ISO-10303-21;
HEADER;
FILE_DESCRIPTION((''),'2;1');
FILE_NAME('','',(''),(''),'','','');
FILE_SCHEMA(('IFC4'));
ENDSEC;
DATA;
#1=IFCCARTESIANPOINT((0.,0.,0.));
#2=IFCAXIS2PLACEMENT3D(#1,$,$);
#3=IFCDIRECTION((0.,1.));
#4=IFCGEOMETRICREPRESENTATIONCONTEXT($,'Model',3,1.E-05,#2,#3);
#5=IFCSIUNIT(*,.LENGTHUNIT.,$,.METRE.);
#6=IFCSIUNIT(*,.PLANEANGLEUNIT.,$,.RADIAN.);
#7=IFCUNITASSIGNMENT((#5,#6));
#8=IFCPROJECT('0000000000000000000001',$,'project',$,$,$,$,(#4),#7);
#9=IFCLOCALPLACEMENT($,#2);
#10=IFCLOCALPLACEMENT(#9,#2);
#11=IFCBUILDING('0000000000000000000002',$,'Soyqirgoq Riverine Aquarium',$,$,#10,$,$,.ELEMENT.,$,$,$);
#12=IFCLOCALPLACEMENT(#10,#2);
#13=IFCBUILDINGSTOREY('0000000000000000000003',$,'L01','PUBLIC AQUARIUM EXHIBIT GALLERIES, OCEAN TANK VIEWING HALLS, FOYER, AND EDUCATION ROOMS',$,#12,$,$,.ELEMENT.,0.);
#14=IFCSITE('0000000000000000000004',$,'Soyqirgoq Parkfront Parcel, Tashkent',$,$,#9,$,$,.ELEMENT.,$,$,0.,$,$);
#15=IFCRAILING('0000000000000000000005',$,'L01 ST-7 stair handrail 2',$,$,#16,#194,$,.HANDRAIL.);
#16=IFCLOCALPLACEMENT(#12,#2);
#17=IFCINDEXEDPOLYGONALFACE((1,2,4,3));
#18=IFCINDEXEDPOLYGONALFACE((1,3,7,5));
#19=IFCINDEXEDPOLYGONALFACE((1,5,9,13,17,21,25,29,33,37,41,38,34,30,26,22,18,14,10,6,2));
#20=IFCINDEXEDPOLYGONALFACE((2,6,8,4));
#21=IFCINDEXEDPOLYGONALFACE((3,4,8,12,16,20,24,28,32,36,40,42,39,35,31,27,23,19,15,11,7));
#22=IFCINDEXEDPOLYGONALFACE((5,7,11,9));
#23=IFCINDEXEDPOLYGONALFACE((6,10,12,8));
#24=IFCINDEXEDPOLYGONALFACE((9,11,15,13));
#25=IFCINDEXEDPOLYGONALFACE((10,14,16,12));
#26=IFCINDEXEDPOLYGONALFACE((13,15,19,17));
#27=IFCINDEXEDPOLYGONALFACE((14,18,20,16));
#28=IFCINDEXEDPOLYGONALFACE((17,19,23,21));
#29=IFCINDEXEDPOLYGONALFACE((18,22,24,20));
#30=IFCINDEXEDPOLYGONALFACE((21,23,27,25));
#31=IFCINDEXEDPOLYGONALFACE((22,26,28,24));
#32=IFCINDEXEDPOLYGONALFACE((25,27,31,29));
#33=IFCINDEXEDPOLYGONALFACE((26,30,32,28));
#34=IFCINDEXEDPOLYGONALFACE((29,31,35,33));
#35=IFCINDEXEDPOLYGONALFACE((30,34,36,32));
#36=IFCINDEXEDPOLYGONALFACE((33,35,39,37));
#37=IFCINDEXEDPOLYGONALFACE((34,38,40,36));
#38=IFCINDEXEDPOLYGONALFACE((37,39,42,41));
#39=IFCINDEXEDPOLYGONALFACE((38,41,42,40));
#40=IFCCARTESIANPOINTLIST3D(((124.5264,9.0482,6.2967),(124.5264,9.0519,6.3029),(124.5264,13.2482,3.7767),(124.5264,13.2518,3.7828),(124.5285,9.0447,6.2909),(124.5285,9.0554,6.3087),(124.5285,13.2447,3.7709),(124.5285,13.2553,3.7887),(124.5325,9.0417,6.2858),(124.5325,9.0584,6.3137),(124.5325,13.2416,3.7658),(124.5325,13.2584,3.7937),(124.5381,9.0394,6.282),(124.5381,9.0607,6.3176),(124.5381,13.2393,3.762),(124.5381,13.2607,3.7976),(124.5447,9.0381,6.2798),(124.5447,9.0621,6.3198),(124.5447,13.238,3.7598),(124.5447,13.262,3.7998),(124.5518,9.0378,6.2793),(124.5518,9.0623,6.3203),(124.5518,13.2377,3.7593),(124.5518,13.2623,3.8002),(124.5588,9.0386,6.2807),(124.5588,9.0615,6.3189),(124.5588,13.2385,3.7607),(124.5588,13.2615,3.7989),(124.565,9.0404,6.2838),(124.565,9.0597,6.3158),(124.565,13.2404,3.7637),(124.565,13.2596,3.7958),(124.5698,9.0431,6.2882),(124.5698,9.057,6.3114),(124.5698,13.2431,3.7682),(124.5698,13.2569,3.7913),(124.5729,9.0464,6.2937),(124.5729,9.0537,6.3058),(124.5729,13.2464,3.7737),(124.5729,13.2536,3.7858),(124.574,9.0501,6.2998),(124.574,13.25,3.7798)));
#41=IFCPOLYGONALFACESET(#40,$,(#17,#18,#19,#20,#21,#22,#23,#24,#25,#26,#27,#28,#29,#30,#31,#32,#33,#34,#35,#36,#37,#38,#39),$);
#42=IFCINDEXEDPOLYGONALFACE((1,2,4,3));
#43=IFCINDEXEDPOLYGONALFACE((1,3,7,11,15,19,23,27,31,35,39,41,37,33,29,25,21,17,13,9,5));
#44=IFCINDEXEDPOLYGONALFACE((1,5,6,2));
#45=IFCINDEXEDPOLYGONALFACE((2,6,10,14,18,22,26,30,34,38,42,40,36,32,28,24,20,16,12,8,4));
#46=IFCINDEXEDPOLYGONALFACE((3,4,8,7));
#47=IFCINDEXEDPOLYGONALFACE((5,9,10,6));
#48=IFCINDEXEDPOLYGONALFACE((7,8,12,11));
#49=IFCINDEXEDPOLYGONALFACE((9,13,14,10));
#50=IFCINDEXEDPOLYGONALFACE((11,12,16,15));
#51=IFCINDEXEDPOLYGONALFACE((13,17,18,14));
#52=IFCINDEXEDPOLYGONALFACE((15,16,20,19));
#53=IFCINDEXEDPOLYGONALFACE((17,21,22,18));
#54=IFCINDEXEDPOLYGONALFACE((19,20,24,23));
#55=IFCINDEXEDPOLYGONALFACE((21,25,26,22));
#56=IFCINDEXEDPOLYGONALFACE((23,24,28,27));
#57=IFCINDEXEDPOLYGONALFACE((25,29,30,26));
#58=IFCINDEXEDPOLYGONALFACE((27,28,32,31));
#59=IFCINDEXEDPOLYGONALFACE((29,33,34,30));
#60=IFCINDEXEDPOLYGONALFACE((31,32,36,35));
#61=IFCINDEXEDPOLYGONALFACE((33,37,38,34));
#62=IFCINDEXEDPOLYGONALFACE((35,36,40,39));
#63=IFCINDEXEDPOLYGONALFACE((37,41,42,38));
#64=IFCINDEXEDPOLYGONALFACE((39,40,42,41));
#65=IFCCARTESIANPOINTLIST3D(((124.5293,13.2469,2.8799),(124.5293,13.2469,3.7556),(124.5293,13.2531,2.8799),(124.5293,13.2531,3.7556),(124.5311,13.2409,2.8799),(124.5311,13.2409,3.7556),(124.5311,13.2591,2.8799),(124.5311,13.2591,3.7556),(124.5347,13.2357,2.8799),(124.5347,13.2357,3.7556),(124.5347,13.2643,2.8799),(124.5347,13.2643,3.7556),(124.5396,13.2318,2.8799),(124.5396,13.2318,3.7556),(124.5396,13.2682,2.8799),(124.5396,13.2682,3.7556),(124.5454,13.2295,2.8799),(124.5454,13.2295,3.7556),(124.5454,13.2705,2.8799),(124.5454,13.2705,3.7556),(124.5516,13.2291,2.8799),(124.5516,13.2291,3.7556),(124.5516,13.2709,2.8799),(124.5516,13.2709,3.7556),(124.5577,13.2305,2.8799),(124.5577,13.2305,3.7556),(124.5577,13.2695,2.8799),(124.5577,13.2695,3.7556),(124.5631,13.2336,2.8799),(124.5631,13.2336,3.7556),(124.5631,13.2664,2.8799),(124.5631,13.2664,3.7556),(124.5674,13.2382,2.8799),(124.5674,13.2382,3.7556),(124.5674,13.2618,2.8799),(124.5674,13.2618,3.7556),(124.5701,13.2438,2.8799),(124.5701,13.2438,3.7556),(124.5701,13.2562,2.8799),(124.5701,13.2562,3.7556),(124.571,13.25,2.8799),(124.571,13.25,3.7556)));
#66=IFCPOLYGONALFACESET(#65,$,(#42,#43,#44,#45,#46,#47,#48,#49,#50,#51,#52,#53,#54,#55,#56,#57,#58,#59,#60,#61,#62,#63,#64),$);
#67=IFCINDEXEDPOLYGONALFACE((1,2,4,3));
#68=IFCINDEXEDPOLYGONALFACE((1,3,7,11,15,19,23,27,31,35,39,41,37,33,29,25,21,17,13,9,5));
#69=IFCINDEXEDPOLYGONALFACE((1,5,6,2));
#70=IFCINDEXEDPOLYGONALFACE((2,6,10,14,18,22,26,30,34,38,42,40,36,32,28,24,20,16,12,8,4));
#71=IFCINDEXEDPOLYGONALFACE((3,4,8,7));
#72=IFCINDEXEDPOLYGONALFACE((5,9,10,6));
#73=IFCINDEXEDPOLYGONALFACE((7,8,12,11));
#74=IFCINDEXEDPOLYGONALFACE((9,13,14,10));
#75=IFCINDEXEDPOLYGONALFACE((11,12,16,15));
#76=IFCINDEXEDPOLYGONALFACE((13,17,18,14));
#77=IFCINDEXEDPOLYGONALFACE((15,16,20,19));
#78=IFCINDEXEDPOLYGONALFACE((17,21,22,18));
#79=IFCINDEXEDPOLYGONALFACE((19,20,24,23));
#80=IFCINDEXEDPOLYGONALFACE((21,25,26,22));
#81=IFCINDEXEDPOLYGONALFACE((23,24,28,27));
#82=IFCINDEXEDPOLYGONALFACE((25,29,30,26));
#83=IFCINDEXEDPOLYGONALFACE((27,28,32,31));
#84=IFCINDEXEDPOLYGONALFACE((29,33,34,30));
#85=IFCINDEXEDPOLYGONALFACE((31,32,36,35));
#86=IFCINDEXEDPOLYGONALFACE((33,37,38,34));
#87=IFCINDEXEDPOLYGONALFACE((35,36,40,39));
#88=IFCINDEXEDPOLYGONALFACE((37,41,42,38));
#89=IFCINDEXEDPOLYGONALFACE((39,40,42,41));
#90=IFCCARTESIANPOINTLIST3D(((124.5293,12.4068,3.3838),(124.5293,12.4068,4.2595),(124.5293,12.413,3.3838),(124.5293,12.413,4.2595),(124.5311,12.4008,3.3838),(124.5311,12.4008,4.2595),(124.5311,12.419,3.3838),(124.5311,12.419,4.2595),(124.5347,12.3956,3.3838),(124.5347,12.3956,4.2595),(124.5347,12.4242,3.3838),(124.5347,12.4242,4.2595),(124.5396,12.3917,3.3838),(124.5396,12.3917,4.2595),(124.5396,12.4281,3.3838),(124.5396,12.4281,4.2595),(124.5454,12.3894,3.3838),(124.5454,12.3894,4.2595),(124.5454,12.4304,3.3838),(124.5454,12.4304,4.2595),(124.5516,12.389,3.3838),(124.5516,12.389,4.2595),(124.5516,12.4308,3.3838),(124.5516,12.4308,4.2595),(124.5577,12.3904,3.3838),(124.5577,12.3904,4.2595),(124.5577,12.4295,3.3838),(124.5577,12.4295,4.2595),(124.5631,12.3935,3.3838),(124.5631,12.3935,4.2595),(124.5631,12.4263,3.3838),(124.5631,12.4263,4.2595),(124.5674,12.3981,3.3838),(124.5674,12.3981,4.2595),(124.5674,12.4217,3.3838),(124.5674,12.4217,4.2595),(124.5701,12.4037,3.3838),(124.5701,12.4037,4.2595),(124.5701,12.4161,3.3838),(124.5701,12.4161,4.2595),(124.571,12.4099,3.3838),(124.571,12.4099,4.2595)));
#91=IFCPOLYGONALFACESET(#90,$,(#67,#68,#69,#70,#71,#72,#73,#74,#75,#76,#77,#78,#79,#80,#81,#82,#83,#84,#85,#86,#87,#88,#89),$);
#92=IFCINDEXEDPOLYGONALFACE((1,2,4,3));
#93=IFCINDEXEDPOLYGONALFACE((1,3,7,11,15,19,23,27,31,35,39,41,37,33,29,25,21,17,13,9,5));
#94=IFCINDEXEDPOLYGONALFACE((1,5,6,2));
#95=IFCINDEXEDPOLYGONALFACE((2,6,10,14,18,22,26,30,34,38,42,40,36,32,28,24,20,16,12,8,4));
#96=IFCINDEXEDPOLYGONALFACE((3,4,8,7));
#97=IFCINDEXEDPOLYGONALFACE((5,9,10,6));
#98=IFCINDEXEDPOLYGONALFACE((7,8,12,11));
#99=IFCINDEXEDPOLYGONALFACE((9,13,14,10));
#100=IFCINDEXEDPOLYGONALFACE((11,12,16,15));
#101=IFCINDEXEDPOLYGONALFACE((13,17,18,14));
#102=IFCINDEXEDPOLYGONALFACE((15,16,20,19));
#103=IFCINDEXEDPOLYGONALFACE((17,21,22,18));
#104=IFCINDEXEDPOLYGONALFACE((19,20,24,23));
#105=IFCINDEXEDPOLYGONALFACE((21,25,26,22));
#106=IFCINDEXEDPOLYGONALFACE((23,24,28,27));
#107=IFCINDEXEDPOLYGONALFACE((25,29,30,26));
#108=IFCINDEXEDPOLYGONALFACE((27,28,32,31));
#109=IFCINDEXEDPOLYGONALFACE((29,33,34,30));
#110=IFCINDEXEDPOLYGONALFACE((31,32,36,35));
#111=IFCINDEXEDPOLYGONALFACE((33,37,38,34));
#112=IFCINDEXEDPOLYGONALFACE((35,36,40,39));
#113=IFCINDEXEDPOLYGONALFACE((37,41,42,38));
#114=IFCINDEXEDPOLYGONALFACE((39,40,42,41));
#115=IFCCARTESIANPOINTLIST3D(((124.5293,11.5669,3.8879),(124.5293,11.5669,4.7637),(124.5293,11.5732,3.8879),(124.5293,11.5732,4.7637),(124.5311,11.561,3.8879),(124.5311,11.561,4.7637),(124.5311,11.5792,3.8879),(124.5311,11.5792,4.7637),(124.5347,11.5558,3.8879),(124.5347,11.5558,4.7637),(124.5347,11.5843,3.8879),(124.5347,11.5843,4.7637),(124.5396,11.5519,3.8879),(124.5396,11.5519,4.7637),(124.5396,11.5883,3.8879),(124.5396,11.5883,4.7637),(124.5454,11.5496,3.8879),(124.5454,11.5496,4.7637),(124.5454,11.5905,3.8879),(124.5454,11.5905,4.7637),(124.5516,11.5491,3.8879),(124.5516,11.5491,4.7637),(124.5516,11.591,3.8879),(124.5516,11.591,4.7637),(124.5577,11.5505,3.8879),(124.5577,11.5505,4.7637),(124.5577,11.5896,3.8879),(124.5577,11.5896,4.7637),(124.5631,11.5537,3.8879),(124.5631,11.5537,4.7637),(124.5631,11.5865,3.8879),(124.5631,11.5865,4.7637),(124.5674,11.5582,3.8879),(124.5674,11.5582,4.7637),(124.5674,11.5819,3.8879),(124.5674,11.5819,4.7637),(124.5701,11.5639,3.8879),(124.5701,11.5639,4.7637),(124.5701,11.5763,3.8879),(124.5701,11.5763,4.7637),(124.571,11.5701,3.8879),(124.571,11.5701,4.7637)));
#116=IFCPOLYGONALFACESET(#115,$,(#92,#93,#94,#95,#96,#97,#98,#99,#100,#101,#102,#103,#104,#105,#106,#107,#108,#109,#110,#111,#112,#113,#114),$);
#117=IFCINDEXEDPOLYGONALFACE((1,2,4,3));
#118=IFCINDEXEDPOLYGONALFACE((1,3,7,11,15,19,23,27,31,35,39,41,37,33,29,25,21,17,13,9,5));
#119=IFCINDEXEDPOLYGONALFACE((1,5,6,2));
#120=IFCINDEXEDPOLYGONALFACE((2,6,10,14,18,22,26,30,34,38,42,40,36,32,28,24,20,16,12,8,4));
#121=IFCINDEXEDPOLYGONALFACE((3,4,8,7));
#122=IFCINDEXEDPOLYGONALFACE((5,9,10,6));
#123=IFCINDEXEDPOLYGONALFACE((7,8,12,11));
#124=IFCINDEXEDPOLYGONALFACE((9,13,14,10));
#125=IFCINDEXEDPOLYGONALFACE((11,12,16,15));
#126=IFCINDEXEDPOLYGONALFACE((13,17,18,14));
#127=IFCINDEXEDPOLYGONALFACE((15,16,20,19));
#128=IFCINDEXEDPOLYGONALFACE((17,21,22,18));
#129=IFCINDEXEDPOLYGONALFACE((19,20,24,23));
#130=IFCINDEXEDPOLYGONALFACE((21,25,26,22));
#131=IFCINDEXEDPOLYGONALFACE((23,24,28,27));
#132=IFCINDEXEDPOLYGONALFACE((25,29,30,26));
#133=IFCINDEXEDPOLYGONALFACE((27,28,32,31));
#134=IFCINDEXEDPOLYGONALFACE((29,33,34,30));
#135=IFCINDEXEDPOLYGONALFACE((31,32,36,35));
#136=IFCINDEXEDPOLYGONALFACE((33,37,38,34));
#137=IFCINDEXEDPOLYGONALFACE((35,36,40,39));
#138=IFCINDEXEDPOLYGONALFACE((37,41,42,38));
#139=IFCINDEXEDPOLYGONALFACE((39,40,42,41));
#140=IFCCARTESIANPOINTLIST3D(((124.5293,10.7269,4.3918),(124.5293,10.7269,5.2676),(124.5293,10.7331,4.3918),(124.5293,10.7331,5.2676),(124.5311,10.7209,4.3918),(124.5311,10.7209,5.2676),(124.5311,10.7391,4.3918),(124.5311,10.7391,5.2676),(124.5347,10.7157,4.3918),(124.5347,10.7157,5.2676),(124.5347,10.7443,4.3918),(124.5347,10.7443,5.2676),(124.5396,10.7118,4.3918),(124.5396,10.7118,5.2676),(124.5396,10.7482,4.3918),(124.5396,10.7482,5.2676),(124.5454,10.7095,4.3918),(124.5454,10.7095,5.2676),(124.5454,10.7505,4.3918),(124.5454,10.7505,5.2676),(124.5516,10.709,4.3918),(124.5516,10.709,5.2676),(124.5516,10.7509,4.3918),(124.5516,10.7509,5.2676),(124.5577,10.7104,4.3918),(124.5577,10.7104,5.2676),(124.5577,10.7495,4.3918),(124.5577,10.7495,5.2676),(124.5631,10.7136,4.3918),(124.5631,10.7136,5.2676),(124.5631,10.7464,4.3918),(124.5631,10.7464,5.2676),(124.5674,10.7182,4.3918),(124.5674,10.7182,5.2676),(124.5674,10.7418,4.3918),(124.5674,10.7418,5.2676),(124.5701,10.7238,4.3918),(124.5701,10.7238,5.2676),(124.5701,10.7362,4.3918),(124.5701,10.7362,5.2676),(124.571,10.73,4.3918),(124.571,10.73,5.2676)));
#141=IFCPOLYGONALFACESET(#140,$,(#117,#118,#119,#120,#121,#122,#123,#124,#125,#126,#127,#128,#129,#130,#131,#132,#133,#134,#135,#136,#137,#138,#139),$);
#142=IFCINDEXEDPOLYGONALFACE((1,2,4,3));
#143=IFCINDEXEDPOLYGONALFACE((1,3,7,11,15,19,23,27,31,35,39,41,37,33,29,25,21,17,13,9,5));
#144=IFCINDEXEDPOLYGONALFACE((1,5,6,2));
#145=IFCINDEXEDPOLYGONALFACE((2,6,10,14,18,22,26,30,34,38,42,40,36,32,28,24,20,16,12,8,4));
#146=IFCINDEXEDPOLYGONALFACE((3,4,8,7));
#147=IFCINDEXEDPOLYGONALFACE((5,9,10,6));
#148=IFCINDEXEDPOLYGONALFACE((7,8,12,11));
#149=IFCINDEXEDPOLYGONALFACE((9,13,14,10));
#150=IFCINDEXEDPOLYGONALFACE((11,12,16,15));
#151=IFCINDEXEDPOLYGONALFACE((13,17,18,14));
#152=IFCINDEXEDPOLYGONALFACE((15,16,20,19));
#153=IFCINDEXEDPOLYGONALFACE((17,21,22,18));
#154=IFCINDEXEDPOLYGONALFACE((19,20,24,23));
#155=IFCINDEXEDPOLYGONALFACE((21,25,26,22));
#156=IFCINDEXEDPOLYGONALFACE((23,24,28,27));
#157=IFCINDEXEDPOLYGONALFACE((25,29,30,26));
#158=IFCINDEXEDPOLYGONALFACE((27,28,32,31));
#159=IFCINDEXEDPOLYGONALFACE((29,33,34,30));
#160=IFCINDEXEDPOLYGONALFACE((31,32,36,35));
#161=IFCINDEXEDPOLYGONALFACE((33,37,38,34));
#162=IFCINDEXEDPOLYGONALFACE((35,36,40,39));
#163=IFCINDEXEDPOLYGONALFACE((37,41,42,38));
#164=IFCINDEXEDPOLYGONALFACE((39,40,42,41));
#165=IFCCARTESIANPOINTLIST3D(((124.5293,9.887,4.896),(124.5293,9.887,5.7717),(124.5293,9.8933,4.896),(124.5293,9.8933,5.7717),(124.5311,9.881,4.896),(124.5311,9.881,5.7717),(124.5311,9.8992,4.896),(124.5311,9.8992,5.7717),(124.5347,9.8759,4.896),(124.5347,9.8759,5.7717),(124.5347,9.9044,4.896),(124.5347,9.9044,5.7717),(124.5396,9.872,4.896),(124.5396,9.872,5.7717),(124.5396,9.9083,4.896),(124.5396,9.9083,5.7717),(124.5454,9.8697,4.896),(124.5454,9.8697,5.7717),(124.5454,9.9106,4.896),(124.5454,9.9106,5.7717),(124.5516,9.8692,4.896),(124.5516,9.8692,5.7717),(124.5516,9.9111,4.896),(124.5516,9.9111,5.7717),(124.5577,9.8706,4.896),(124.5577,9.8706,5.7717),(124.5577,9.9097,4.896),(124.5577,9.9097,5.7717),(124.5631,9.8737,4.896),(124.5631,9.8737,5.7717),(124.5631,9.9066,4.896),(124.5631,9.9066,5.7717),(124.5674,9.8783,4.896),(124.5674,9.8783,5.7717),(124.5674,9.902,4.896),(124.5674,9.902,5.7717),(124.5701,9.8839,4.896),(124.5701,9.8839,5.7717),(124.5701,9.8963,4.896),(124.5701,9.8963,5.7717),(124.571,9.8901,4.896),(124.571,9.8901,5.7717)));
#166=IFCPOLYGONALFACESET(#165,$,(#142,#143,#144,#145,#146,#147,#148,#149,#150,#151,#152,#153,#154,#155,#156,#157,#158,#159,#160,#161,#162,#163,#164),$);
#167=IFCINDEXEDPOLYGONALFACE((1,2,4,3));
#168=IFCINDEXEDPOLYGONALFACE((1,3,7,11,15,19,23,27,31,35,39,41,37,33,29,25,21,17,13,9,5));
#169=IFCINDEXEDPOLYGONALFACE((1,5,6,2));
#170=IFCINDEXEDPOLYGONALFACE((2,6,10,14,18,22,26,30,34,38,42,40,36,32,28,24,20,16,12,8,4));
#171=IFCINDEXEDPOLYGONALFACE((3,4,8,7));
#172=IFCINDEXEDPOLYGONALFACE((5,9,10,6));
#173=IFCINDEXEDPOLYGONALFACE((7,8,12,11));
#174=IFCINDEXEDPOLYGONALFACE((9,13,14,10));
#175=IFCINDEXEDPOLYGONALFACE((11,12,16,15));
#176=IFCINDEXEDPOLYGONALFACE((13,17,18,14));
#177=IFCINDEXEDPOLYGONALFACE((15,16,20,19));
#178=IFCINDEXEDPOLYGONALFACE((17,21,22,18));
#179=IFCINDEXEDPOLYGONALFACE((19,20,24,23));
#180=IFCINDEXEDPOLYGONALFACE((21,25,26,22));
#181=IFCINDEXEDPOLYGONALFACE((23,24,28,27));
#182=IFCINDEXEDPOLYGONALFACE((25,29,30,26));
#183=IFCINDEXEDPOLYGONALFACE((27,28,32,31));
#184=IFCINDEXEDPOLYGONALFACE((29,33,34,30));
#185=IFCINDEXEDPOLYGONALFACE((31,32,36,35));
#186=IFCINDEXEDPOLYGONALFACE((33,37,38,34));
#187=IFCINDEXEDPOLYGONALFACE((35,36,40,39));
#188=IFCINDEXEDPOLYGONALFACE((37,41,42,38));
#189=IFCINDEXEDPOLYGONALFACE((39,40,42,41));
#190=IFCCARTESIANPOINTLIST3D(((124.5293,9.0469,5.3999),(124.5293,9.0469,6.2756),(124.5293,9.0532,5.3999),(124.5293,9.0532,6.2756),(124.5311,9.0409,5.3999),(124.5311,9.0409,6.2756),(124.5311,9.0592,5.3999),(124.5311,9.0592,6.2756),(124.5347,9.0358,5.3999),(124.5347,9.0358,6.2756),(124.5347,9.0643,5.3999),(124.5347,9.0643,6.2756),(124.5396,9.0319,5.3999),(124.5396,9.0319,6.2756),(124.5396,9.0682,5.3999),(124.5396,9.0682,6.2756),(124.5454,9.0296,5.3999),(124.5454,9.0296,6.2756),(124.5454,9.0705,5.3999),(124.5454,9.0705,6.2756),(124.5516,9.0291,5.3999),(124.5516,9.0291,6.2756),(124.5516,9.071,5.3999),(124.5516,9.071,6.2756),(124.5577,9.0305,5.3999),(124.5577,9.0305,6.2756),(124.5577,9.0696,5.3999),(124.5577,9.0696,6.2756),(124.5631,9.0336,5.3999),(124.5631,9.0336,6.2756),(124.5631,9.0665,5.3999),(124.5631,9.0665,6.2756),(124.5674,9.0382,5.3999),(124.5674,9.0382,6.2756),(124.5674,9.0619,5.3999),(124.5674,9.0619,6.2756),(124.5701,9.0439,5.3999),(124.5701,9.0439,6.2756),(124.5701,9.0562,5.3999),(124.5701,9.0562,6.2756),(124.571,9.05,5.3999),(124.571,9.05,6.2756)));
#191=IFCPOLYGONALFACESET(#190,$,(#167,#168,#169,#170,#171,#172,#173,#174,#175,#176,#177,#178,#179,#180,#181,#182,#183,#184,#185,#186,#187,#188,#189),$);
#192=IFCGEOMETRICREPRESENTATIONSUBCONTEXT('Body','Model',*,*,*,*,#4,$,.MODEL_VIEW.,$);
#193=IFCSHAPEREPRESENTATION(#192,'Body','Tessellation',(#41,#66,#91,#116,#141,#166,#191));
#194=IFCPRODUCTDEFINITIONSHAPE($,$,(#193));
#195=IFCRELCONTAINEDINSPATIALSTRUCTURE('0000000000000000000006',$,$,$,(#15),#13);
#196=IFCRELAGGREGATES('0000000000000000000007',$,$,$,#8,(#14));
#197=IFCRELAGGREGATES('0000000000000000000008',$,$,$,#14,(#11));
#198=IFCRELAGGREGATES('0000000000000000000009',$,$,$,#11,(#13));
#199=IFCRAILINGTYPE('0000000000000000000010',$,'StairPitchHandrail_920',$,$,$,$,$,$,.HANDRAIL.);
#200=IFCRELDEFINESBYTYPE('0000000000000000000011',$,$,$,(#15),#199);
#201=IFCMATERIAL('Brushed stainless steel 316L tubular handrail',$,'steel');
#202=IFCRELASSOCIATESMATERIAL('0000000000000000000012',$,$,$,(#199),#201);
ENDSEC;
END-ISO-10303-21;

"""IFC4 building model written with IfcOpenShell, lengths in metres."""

from ifc_helpers import new_model, si_unit, direction, frame, origin, origin_2d, place, context, subcontext, project, spatial, circle, extrude, material, type_object, element, save


model = new_model("IFC4")

# Units and contexts
model_context = context("Model", 3, precision=1e-05, world=origin(), true_north=direction((0.0, 1.0)))
body_context = subcontext(model_context, "Body", "Model", "MODEL_VIEW")
ifc_project = project(units=[si_unit("LENGTHUNIT", "METRE"), si_unit("PLANEANGLEUNIT", "RADIAN")], contexts=[model_context])

# Site, building, storey
site_placement = place(None, origin())
site = spatial("IfcSite", under=ifc_project, at=site_placement, Name="Soyqirgoq Parkfront Parcel, Tashkent", CompositionType="ELEMENT", RefElevation=0.0)
building_placement = place(site_placement, origin())
building = spatial("IfcBuilding", under=site, at=building_placement, Name="Soyqirgoq Riverine Aquarium", CompositionType="ELEMENT")
storey_placement = place(building_placement, origin())
storey = spatial("IfcBuildingStorey", under=building, at=storey_placement, Name="L01", Description="PUBLIC AQUARIUM EXHIBIT GALLERIES, OCEAN TANK VIEWING HALLS, FOYER, AND EDUCATION ROOMS", CompositionType="ELEMENT", Elevation=0.0)

# Railing
ifc_material_1 = material(Name="Brushed stainless steel 316L tubular handrail", Category="steel")
railing_type_1 = type_object("IfcRailingType", Name="StairPitchHandrail_920", PredefinedType="HANDRAIL", material=ifc_material_1)
railing_1_placement = place(storey_placement, frame((124.55, 13.25, 2.8799)))
element("IfcRailing", 1, at=railing_1_placement, inside=storey, type_object=railing_type_1, Name="L01 ST-7 stair handrail 2", PredefinedType="HANDRAIL", context=body_context, shape_type="SweptSolid", body=[
    extrude(circle(Radius=0.0239, at=origin_2d()), frame((0.0, 0.0, 0.8999), z_axis=(0.0, -0.857489, 0.514503), x_axis=(1.0, 0.0, 0.0)), (0.0, 0.0, 1.0), 4.8979),
    extrude(circle(Radius=0.021, at=origin_2d()), origin(), (0.0, 0.0, 1.0), 0.8757),
    extrude(circle(Radius=0.021, at=origin_2d()), frame((0.0, -0.8401, 0.5039)), (0.0, 0.0, 1.0), 0.8757),
    extrude(circle(Radius=0.021, at=origin_2d()), frame((0.0, -1.6799, 1.0081)), (0.0, 0.0, 1.0), 0.8757),
    extrude(circle(Radius=0.021, at=origin_2d()), frame((0.0, -2.52, 1.512)), (0.0, 0.0, 1.0), 0.8757),
    extrude(circle(Radius=0.021, at=origin_2d()), frame((0.0, -3.3599, 2.0161)), (0.0, 0.0, 1.0), 0.8757),
    extrude(circle(Radius=0.021, at=origin_2d()), frame((0.0, -4.2, 2.52)), (0.0, 0.0, 1.0), 0.8757),
])

save(model, "model.ifc")
